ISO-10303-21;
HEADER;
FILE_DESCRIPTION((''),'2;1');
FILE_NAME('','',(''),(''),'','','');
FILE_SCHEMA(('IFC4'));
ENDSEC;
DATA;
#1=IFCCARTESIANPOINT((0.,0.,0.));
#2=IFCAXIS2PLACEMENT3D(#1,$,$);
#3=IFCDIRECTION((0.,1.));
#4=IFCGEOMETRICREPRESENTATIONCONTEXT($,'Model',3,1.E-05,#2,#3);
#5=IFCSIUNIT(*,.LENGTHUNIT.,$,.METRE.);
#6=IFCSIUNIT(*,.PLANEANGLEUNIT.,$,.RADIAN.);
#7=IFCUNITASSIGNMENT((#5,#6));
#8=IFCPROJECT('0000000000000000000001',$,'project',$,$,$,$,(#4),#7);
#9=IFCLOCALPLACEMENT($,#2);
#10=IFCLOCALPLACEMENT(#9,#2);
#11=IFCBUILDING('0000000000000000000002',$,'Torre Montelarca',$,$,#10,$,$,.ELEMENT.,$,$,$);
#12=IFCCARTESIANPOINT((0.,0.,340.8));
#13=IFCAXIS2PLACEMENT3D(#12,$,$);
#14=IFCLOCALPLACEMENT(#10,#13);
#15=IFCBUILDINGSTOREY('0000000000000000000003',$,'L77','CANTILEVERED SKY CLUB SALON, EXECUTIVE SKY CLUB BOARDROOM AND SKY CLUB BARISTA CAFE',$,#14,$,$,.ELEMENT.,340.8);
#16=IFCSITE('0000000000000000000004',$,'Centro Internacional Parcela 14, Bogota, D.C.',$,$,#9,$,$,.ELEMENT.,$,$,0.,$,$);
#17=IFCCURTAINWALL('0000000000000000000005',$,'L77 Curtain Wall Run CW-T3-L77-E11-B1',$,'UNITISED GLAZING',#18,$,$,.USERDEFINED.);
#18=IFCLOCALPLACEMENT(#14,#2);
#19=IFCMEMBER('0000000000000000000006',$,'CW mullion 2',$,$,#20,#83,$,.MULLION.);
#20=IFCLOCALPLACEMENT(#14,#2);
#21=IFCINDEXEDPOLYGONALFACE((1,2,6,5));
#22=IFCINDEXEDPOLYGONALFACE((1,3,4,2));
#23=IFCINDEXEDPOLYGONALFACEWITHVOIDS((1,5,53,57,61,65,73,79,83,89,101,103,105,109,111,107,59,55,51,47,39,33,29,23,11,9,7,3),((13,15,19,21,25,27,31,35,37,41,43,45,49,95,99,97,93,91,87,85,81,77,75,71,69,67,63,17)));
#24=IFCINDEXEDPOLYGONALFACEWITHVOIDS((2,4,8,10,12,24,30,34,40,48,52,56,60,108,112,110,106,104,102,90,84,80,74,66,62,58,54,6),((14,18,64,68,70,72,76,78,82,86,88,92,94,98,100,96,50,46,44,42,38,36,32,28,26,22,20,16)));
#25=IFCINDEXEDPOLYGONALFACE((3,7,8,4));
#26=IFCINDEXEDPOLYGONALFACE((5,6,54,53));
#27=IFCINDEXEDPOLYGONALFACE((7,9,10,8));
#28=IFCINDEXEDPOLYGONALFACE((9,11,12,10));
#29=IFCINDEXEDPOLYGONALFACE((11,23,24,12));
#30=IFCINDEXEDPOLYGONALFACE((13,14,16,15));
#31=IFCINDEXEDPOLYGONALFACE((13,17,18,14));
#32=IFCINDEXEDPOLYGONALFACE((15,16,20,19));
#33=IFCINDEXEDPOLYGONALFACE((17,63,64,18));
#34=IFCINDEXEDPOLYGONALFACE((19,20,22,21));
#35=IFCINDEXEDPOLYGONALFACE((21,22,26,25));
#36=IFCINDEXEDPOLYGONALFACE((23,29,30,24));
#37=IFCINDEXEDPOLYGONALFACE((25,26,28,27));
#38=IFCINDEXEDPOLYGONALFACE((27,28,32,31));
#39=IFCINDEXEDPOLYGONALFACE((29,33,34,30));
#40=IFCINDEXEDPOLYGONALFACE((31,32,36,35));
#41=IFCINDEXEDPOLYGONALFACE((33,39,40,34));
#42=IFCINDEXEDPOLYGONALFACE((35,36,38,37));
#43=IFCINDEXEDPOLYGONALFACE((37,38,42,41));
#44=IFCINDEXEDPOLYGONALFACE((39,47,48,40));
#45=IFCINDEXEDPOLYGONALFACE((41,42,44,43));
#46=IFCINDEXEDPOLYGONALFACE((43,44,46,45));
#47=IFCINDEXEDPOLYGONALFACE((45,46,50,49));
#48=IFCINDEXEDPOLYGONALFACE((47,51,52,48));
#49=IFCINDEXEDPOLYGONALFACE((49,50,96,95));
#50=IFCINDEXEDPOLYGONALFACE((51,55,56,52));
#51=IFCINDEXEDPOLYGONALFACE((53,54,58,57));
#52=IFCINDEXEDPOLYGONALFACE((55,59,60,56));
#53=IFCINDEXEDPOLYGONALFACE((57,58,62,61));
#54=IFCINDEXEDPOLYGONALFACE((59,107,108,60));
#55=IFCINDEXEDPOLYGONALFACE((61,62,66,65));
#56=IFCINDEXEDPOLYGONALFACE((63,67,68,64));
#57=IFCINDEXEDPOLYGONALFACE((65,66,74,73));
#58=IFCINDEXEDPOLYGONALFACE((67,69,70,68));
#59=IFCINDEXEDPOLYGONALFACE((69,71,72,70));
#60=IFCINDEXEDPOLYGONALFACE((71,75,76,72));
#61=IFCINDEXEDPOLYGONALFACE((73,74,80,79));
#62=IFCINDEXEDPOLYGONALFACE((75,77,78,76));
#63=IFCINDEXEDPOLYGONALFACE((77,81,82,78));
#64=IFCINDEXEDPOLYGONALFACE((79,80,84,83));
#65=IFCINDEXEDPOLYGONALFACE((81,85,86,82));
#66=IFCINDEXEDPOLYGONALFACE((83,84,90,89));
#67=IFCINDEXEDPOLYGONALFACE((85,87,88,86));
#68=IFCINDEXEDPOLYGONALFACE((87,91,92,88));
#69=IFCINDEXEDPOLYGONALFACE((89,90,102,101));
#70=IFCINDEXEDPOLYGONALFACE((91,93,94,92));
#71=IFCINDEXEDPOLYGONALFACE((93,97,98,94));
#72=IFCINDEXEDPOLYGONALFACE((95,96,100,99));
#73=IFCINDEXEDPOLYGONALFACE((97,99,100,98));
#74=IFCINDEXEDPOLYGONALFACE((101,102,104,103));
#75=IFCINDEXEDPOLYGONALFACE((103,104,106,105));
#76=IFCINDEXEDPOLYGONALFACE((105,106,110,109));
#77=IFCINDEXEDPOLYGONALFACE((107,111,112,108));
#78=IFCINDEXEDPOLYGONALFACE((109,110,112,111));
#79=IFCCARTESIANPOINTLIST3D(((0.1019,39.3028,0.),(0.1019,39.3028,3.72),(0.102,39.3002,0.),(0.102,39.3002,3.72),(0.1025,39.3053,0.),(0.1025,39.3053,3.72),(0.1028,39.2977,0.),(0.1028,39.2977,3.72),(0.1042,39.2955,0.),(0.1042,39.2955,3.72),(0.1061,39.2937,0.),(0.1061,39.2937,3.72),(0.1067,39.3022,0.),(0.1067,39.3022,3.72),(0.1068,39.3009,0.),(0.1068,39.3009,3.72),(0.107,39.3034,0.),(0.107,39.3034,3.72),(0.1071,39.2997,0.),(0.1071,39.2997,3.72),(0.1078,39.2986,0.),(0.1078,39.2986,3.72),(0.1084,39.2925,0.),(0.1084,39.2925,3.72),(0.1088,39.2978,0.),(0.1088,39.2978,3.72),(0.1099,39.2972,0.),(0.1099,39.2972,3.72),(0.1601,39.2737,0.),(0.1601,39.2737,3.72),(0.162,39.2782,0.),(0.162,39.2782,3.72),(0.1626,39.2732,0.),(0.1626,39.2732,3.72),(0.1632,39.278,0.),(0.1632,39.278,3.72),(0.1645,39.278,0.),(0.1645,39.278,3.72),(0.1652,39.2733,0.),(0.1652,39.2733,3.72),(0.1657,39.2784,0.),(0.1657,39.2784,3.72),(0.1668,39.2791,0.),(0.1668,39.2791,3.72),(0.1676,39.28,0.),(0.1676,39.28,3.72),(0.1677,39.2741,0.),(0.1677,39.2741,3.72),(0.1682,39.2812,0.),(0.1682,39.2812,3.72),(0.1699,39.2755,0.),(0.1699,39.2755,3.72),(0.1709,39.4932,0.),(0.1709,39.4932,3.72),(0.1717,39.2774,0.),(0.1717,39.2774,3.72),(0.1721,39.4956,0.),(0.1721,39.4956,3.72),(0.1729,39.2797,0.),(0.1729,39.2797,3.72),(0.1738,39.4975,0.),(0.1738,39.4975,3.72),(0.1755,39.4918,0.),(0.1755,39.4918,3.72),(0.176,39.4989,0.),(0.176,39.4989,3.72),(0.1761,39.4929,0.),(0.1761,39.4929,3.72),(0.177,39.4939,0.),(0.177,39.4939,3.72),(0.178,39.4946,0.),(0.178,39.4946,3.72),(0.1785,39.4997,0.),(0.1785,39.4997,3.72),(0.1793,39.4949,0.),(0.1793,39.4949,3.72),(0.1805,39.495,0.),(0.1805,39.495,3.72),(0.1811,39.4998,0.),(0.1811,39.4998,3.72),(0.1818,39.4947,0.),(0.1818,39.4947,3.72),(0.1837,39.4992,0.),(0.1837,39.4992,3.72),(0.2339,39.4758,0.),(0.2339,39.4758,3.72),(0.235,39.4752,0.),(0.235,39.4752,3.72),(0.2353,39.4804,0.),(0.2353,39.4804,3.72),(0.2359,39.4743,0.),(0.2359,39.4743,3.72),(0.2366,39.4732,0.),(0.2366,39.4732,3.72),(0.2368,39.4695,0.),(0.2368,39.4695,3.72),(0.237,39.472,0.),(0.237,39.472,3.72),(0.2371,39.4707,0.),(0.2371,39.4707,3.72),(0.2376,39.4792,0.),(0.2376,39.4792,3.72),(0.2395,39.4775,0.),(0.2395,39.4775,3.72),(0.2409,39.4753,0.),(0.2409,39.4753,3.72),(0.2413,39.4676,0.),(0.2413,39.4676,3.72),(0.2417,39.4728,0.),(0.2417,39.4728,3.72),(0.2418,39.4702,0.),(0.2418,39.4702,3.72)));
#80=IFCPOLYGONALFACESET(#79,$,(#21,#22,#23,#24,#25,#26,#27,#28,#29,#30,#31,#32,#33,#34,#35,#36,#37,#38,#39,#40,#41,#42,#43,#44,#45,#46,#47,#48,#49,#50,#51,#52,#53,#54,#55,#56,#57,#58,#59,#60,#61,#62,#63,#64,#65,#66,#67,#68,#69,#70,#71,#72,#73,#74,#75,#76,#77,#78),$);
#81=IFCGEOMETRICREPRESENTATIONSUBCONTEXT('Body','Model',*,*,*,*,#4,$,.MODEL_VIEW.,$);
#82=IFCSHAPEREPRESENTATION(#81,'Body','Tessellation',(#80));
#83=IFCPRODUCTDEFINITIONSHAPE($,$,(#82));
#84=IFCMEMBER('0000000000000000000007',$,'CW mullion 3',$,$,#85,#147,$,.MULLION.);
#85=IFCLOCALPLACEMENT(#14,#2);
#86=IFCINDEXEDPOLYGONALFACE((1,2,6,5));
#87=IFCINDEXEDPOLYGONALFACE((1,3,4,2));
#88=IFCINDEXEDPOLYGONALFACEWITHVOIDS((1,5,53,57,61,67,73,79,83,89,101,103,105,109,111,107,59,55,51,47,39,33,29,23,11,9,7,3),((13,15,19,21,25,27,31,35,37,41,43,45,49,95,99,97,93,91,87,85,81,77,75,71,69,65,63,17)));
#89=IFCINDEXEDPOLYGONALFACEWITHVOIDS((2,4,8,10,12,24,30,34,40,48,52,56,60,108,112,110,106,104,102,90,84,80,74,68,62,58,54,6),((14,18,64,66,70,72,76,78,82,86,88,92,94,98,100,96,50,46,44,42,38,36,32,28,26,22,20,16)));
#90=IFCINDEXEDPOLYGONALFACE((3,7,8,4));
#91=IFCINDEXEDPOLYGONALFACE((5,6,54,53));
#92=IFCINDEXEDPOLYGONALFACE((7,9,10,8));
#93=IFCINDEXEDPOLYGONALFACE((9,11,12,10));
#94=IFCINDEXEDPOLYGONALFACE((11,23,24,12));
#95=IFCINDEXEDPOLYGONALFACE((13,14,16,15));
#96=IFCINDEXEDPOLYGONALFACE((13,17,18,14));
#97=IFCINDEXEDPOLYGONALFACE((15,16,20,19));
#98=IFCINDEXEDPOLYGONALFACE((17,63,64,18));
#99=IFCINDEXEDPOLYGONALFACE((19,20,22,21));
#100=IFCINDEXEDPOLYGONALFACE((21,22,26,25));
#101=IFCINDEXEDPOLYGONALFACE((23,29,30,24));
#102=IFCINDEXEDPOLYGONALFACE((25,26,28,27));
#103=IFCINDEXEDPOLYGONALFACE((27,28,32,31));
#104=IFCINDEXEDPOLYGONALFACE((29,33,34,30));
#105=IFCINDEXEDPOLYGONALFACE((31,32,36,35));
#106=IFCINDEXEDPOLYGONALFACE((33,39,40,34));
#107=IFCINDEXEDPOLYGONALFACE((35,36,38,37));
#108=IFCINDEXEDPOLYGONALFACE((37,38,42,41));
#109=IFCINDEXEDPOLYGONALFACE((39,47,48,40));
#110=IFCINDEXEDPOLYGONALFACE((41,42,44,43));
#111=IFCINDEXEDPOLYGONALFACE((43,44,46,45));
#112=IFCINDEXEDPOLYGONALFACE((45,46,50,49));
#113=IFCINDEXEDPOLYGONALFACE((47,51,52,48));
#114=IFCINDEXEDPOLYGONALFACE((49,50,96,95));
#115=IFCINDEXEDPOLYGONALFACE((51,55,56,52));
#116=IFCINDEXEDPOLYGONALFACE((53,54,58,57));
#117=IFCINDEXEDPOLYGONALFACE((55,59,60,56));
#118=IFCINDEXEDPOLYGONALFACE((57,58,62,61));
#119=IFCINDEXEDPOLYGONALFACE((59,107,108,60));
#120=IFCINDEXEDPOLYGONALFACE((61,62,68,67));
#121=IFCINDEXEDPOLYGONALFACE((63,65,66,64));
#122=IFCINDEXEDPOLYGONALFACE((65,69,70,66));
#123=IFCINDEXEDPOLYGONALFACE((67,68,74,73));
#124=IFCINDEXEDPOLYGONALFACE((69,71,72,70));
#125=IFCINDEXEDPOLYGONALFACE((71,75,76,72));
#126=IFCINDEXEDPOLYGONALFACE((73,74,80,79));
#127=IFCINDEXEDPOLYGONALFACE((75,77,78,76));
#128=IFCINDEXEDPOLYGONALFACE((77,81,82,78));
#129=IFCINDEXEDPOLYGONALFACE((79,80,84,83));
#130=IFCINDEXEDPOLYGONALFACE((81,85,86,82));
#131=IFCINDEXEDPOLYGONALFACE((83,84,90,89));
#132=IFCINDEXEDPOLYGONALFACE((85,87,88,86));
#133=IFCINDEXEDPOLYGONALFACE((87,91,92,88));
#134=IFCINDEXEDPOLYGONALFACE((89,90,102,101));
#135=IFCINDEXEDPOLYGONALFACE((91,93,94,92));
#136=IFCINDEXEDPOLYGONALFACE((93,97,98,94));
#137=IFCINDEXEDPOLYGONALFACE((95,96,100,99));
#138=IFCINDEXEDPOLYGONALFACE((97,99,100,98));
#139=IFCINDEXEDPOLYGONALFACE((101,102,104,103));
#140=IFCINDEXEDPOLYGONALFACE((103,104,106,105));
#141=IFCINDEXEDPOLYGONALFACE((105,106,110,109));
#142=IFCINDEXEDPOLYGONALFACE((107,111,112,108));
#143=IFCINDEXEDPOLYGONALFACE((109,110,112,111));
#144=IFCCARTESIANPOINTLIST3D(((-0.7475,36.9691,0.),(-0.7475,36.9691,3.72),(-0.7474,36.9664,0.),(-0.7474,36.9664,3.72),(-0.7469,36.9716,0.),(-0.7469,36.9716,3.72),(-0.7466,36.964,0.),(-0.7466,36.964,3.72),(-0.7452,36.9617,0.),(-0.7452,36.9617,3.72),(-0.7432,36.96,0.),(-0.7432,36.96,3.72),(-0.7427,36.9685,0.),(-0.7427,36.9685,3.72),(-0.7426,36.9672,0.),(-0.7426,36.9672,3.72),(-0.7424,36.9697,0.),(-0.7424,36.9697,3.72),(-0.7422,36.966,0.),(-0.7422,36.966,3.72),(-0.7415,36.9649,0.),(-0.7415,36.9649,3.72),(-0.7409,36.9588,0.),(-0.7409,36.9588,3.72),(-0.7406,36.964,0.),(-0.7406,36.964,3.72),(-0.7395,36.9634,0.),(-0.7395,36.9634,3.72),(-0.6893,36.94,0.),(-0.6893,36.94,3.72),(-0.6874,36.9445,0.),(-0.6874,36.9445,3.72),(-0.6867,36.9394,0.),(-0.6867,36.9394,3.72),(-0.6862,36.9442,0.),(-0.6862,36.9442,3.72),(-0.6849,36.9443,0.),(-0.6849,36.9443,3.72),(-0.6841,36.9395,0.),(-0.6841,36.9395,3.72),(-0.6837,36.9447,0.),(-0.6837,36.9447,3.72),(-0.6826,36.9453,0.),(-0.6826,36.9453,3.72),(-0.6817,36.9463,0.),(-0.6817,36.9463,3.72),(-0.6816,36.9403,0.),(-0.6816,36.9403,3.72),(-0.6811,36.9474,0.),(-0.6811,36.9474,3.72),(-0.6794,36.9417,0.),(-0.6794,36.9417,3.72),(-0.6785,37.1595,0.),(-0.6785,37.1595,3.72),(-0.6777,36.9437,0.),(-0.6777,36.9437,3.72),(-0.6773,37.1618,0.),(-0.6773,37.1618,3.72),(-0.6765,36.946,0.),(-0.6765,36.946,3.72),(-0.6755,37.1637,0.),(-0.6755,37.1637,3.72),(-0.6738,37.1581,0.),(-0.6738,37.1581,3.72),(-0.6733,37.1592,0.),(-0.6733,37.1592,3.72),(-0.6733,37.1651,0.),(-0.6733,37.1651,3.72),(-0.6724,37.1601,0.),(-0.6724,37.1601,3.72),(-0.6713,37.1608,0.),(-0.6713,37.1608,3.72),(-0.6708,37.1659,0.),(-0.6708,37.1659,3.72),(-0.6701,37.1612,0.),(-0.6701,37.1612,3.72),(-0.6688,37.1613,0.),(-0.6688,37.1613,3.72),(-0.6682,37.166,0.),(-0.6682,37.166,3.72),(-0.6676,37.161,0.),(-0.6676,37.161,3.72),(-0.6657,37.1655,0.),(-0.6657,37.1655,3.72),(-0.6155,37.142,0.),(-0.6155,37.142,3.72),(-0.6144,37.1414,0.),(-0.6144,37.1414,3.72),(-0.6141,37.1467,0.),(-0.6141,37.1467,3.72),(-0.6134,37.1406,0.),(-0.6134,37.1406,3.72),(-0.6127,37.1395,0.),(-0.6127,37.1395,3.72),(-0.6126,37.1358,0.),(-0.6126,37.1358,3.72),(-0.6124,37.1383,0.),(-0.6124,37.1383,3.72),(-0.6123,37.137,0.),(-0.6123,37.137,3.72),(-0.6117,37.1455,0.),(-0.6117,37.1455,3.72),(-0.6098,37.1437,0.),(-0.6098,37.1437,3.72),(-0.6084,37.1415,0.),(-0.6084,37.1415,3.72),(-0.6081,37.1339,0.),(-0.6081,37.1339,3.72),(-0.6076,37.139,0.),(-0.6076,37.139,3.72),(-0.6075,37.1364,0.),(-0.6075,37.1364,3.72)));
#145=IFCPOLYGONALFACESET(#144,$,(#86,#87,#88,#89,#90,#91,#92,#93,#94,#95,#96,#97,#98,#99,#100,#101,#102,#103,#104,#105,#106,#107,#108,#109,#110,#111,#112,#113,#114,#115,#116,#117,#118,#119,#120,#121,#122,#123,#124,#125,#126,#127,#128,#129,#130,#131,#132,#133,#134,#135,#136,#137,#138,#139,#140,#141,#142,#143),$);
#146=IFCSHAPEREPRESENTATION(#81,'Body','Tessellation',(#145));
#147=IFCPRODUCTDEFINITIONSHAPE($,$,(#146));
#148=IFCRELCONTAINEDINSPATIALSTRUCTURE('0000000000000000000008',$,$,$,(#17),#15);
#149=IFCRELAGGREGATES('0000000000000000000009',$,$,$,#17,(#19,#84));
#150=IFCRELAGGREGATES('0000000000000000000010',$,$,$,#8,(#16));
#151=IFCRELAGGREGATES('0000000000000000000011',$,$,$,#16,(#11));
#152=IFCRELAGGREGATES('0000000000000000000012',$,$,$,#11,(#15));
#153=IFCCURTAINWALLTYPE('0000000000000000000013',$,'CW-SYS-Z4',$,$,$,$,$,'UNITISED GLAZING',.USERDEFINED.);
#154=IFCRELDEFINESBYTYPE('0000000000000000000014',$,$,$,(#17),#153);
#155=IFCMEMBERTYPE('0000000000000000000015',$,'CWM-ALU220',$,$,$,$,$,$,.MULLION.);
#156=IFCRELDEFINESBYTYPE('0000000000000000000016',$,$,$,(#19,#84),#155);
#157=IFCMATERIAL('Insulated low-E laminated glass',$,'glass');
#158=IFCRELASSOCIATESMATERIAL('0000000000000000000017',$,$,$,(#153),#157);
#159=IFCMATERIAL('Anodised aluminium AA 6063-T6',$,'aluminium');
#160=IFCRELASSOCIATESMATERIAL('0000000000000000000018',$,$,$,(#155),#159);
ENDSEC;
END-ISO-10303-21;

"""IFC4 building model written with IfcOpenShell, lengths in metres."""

from ifc_helpers import new_model, si_unit, direction, frame, origin, origin_2d, place, context, subcontext, project, spatial, hollow_rectangle, extrude, source, transform, mapped, material, material_profile, profile_set, type_object, element, aggregate, save


model = new_model("IFC4")

# Units and contexts
model_context = context("Model", 3, precision=1e-05, world=origin(), true_north=direction((0.0, 1.0)))
body_context = subcontext(model_context, "Body", "Model", "MODEL_VIEW")
ifc_project = project(units=[si_unit("LENGTHUNIT", "METRE"), si_unit("PLANEANGLEUNIT", "RADIAN")], contexts=[model_context])

# Site, building, storey
site_placement = place(None, origin())
site = spatial("IfcSite", under=ifc_project, at=site_placement, Name="Centro Internacional Parcela 14, Bogota, D.C.", CompositionType="ELEMENT", RefElevation=0.0)
building_placement = place(site_placement, origin())
building = spatial("IfcBuilding", under=site, at=building_placement, Name="Torre Montelarca", CompositionType="ELEMENT")
storey_placement = place(building_placement, frame((0.0, 0.0, 340.8)))
storey = spatial("IfcBuildingStorey", under=building, at=storey_placement, Name="L77", Description="CANTILEVERED SKY CLUB SALON, EXECUTIVE SKY CLUB BOARDROOM AND SKY CLUB BARISTA CAFE", CompositionType="ELEMENT", Elevation=340.8)

# Curtain wall, members
ifc_material_1 = material(Name="Insulated low-E laminated glass", Category="glass")
curtain_wall_type = type_object("IfcCurtainWallType", Name="CW-SYS-Z4", ElementType="UNITISED GLAZING", PredefinedType="USERDEFINED", material=ifc_material_1)
ifc_material_2 = material(Name="Anodised aluminium AA 6063-T6", Category="aluminium")
ifc_material_profile_1 = material_profile(ifc_material_2, hollow_rectangle(XDim=0.075, YDim=0.22, WallThickness=0.0049, InnerFilletRadius=0.0049, OuterFilletRadius=0.01, at=origin_2d()), Name="ALU75X220X5", Category="aluminium")
ifc_profile_set_1 = profile_set([ifc_material_profile_1], Name="Anodised aluminium AA 6063-T6")
member_type_1 = type_object("IfcMemberType", Name="CWM-ALU220", PredefinedType="MULLION", material=ifc_profile_set_1)
shared_shape_1 = source(origin(), body_context, "Body", "SweptSolid", [
    extrude(hollow_rectangle(XDim=0.075, YDim=0.22, WallThickness=0.0049, InnerFilletRadius=0.0049, OuterFilletRadius=0.01, at=origin_2d()), origin(), (0.0, 0.0, 1.0), 3.72),
])
curtain_wall_1_placement = place(storey_placement, origin())
curtain_wall_1 = element("IfcCurtainWall", 1, at=curtain_wall_1_placement, inside=storey, type_object=curtain_wall_type, Name="L77 Curtain Wall Run CW-T3-L77-E11-B1", ObjectType="UNITISED GLAZING", PredefinedType="USERDEFINED")
member_1_placement = place(storey_placement, frame((0.1719, 39.3865, 0.0), z_axis=(0.0, 0.0, 1.0), x_axis=(0.939694, -0.342015, 0.0)))
member_1 = element("IfcMember", 2, at=member_1_placement, type_object=member_type_1, Name="CW mullion 2", PredefinedType="MULLION", context=body_context, shape_type="MappedRepresentation", body=[
    mapped(shared_shape_1, transform((0.0, 0.0, 0.0), scale=1.0)),
])
member_2_placement = place(storey_placement, frame((-0.6775, 37.0527, 0.0), z_axis=(0.0, 0.0, 1.0), x_axis=(0.939694, -0.342015, 0.0)))
member_2 = element("IfcMember", 3, at=member_2_placement, type_object=member_type_1, Name="CW mullion 3", PredefinedType="MULLION", context=body_context, shape_type="MappedRepresentation", body=[
    mapped(shared_shape_1, transform((0.0, 0.0, 0.0), scale=1.0)),
])

aggregate(curtain_wall_1, [member_1, member_2])

save(model, "model.ifc")
